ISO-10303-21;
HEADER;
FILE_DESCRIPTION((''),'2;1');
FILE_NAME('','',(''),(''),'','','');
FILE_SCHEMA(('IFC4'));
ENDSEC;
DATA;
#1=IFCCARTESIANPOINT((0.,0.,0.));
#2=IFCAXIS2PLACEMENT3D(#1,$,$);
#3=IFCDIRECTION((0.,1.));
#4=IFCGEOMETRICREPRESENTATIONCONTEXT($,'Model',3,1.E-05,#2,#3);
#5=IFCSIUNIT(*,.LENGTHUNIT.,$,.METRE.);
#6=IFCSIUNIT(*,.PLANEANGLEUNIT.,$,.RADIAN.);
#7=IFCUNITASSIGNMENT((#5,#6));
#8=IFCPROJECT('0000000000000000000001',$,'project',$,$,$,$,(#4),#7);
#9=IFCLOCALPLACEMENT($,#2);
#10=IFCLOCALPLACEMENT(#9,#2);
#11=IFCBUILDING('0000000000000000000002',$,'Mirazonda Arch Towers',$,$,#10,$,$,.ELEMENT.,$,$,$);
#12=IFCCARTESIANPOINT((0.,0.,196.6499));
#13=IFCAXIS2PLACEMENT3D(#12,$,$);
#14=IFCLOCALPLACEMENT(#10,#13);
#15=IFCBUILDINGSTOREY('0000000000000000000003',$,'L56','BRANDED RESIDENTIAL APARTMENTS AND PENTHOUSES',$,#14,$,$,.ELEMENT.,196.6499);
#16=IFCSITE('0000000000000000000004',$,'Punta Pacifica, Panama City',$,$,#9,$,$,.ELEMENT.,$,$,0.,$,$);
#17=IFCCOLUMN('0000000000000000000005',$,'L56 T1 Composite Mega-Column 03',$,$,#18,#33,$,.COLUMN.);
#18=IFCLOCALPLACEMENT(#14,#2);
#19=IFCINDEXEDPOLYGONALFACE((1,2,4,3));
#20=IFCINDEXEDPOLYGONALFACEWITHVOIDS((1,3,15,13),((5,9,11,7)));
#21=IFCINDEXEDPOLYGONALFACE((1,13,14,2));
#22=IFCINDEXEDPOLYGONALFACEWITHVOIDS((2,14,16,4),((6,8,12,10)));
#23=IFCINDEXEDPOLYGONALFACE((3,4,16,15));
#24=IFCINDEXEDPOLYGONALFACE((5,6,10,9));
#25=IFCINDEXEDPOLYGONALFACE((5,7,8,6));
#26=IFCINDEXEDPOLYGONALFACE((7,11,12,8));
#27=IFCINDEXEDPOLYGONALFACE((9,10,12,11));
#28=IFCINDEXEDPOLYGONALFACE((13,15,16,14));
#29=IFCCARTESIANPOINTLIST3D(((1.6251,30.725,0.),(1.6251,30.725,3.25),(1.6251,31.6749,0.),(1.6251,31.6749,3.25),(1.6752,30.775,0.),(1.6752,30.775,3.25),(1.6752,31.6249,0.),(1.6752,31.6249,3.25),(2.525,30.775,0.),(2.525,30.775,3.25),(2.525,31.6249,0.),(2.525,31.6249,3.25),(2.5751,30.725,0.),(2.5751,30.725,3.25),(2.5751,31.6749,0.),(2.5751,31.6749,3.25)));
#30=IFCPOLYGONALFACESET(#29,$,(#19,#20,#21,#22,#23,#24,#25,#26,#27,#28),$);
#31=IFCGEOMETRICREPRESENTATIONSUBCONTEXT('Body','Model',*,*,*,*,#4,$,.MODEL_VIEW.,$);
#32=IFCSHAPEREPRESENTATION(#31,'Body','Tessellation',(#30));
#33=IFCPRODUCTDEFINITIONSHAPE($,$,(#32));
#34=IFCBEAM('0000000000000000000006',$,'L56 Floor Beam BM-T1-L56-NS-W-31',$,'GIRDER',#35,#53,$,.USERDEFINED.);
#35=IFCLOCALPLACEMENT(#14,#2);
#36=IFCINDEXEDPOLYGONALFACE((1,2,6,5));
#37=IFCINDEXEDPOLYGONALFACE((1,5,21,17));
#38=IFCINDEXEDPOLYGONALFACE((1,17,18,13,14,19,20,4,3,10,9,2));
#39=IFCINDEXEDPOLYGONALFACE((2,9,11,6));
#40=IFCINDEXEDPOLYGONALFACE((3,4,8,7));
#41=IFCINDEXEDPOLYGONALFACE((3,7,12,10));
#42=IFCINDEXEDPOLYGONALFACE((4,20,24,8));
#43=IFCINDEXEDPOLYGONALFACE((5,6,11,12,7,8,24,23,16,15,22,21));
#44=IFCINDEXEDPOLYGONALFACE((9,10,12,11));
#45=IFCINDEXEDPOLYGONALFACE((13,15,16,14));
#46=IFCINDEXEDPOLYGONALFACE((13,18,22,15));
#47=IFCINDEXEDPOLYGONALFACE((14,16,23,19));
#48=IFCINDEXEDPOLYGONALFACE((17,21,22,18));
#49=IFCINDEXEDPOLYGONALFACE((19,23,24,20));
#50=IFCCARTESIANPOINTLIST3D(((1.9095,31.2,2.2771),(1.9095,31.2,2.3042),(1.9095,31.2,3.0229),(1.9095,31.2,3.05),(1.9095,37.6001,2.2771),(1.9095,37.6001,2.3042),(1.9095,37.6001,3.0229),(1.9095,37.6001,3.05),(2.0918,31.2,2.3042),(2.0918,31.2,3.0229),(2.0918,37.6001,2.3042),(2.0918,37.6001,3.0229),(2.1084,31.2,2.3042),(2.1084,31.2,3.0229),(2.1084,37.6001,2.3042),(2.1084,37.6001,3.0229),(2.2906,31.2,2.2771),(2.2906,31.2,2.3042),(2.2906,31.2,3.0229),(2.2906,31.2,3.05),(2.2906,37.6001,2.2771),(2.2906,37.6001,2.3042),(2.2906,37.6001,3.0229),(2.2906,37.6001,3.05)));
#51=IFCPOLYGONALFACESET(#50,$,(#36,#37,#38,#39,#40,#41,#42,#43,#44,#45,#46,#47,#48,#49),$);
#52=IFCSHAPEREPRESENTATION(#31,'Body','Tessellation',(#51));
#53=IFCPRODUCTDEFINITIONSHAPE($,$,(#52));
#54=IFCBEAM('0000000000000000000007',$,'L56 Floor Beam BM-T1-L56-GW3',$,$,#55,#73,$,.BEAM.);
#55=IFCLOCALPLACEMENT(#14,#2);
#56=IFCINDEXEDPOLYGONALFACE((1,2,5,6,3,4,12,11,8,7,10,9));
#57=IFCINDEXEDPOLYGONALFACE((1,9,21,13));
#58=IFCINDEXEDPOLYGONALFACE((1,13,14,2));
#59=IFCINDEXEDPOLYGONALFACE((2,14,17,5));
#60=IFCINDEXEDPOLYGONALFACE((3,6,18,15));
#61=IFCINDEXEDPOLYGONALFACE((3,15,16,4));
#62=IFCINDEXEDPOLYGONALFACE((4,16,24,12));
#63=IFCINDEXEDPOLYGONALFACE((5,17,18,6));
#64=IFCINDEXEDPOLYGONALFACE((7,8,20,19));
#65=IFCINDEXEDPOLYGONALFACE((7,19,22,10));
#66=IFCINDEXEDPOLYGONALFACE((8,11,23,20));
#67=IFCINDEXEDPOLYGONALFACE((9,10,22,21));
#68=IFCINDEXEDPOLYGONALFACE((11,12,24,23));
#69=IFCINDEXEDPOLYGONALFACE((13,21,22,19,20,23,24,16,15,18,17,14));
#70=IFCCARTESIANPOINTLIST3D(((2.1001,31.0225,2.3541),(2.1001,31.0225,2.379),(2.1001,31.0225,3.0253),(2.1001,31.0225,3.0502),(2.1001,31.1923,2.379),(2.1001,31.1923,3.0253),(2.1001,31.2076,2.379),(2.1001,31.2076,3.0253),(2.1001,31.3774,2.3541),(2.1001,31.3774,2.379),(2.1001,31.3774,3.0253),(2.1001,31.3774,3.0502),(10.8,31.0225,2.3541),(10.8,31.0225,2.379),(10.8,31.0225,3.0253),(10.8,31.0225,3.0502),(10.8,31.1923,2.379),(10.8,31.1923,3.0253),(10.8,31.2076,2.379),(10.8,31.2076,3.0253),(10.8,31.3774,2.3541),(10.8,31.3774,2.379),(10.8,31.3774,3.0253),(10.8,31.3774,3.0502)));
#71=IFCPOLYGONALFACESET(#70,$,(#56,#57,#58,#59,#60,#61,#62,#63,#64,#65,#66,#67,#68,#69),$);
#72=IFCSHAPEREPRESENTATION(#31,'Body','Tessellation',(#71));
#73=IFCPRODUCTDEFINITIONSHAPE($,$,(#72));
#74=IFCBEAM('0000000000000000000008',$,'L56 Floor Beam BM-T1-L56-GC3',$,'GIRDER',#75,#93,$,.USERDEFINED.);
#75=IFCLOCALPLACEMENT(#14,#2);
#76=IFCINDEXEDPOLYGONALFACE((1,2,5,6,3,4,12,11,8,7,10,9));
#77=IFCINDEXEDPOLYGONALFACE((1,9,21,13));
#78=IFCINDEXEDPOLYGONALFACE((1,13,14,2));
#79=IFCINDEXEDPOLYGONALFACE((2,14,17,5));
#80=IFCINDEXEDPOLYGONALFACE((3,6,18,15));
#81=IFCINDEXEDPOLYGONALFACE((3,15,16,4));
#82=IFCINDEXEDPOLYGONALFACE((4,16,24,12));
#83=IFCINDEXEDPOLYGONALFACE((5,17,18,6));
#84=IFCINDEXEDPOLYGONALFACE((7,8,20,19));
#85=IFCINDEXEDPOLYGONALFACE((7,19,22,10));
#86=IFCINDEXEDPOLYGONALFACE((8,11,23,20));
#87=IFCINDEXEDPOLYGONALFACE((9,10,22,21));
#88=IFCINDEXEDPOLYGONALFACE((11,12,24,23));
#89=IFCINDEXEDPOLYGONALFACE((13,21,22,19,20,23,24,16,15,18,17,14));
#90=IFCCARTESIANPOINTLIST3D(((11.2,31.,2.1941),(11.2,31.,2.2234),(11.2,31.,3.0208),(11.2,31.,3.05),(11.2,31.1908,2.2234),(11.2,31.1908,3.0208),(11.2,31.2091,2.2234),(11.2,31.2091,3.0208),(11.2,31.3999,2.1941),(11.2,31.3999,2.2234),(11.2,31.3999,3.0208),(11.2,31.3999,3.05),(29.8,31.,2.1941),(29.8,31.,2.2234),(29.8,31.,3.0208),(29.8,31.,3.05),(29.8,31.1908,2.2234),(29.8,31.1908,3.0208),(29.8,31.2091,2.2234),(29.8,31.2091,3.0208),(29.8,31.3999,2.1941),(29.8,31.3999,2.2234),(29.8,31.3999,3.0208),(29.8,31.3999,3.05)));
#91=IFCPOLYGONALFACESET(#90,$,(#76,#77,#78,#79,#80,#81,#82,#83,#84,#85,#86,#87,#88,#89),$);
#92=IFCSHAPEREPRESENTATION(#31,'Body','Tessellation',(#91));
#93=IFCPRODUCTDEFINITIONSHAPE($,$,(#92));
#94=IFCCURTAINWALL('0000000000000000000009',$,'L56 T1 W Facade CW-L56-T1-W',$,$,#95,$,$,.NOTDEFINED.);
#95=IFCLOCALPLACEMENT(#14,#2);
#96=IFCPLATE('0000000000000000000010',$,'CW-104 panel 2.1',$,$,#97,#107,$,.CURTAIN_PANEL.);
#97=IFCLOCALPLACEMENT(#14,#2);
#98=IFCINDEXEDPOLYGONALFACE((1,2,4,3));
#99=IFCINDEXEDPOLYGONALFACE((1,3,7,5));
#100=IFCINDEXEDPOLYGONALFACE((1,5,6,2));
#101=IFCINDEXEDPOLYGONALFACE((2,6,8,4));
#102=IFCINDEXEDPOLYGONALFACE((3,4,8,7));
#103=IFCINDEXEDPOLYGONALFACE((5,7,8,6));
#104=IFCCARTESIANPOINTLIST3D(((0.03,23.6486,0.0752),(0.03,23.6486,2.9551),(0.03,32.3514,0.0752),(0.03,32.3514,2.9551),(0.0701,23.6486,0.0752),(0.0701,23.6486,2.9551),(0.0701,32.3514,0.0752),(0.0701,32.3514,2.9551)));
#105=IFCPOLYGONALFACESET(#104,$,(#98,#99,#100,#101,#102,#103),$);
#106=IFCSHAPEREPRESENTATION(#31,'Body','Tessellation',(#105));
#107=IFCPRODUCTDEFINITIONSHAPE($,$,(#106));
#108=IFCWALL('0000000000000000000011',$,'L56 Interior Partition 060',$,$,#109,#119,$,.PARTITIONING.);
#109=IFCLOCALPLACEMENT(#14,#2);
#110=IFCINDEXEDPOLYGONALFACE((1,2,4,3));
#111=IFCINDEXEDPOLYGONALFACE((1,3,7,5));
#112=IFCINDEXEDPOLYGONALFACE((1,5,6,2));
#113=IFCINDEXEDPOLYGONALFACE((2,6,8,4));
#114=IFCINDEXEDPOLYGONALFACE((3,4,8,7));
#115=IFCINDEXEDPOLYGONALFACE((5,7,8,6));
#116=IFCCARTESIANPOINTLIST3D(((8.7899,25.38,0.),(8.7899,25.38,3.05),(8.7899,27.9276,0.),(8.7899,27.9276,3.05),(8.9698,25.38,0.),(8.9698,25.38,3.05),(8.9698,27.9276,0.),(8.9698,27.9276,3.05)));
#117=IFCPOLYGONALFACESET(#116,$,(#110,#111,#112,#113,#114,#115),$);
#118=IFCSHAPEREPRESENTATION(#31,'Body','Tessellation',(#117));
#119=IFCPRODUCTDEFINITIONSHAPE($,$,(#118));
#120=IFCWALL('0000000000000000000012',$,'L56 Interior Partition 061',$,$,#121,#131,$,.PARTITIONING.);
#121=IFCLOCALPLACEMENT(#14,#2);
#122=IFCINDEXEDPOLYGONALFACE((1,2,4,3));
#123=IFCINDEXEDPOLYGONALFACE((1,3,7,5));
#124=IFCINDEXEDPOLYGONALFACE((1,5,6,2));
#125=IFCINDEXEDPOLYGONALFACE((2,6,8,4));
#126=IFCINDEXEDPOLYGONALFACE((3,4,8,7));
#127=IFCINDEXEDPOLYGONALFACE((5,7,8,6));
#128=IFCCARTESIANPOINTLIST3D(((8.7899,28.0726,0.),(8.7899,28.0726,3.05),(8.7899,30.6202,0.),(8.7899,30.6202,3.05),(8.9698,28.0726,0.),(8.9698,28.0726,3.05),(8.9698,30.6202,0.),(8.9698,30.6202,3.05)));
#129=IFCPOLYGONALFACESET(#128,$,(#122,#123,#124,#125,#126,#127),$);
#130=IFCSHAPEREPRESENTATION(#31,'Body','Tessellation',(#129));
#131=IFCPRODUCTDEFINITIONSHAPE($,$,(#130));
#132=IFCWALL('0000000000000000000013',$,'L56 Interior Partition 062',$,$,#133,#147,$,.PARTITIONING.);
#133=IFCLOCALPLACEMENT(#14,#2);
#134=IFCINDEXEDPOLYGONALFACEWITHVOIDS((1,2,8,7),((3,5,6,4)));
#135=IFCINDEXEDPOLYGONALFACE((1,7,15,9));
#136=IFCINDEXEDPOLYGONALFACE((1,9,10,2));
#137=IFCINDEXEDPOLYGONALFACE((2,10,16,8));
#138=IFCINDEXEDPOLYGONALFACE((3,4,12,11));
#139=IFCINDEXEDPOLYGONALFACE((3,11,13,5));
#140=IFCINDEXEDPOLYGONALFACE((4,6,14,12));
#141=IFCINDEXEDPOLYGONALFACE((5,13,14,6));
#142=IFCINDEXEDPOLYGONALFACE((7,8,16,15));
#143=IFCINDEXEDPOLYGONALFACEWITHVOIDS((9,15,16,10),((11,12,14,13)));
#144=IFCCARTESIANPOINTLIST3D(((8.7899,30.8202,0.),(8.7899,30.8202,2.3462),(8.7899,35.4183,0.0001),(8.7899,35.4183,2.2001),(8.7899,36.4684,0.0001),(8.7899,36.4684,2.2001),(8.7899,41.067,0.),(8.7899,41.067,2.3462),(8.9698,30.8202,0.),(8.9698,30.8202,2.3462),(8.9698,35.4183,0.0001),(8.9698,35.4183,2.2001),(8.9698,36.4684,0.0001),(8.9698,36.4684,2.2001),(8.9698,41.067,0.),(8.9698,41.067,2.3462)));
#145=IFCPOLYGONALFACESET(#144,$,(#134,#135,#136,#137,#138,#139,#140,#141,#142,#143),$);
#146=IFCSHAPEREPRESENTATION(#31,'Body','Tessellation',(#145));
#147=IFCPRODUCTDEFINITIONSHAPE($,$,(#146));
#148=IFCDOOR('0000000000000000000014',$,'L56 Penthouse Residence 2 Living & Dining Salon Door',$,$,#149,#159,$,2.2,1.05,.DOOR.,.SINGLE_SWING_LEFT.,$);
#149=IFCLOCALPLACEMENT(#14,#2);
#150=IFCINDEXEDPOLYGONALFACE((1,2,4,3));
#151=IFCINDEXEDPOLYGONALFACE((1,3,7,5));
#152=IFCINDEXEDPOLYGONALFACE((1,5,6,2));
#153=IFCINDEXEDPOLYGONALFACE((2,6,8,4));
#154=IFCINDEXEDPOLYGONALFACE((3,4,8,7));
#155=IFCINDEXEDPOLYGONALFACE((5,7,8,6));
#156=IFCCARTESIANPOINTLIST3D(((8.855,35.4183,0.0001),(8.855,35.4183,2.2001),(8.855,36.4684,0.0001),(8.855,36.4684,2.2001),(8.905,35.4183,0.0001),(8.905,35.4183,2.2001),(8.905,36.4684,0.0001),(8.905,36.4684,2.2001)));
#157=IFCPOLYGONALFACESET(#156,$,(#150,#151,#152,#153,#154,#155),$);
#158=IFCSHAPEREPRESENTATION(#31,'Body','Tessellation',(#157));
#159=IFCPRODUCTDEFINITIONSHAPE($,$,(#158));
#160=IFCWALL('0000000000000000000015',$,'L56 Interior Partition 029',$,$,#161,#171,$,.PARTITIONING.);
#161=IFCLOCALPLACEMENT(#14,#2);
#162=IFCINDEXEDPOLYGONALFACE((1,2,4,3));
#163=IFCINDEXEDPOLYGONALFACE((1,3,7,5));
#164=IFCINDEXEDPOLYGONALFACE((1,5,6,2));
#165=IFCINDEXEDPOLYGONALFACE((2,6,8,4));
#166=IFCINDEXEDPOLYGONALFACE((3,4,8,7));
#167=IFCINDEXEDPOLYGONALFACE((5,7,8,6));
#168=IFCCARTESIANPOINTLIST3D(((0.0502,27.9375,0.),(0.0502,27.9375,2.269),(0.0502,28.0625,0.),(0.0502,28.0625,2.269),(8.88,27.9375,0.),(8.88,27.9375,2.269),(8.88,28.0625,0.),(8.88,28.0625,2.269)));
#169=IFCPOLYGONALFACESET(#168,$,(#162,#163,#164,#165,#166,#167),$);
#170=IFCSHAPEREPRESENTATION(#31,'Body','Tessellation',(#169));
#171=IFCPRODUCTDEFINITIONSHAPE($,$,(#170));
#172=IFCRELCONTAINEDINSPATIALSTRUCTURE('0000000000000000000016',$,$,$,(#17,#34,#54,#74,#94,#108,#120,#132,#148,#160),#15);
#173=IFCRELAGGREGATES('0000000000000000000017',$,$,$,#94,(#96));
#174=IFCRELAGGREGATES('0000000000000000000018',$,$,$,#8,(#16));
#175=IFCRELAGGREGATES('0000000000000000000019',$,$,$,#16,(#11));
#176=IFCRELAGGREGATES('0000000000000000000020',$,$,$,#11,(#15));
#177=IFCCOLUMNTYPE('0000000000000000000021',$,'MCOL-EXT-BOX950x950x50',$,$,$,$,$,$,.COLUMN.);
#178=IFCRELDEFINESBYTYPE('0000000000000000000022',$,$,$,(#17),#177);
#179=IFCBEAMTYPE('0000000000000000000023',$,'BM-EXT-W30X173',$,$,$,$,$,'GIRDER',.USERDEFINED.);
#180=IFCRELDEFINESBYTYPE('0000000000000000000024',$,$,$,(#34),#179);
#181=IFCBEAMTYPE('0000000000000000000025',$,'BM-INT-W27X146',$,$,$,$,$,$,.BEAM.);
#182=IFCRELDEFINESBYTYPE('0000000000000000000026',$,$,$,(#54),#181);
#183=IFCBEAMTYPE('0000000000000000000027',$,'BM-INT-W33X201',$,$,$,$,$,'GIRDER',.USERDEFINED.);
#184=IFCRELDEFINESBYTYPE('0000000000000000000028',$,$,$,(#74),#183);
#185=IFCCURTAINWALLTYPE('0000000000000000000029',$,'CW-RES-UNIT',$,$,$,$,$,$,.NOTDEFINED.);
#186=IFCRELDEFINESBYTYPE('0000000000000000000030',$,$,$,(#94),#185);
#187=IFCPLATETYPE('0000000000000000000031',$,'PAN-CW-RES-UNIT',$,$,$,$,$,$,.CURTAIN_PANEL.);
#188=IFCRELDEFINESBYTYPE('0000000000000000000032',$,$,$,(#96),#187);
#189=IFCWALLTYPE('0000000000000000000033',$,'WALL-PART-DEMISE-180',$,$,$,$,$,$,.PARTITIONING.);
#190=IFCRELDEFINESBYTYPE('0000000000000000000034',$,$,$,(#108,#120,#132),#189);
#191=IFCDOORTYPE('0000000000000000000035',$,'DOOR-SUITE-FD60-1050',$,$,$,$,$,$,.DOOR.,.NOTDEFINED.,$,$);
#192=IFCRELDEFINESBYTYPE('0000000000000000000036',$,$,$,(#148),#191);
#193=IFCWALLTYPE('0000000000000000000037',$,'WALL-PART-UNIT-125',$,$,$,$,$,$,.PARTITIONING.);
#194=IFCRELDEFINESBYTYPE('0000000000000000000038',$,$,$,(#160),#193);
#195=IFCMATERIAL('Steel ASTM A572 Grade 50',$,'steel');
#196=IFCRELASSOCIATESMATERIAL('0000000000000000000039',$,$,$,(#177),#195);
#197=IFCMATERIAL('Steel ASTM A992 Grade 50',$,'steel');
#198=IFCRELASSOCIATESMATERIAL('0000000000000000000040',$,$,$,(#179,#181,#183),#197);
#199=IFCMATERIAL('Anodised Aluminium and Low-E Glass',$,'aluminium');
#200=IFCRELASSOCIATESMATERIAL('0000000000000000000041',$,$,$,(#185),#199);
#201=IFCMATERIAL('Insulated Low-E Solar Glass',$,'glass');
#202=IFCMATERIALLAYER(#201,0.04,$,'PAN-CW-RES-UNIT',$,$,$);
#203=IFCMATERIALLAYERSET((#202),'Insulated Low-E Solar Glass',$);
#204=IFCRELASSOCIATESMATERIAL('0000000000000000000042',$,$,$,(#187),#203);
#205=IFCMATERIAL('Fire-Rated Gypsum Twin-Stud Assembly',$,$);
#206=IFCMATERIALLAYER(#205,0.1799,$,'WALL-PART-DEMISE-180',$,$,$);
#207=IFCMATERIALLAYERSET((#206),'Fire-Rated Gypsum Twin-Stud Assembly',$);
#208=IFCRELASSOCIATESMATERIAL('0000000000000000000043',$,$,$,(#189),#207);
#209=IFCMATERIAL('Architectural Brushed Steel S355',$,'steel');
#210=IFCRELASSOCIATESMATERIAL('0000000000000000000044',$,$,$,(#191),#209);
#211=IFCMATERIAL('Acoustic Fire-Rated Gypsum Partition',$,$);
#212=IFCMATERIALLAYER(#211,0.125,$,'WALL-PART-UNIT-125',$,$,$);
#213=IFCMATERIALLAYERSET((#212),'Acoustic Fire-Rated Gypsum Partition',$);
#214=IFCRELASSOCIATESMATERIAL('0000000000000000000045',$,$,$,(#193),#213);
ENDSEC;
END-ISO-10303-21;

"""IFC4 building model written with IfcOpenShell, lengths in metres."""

from ifc_helpers import new_model, si_unit, direction, frame, frame_2d, origin, origin_2d, place, context, subcontext, project, spatial, rectangle, hollow_rectangle, i_section, extrude, material, layer, layer_set, material_profile, profile_set, type_object, element, fill, aggregate, save


model = new_model("IFC4")

# Units and contexts
model_context = context("Model", 3, precision=1e-05, world=origin(), true_north=direction((0.0, 1.0)))
body_context = subcontext(model_context, "Body", "Model", "MODEL_VIEW")
ifc_project = project(units=[si_unit("LENGTHUNIT", "METRE"), si_unit("PLANEANGLEUNIT", "RADIAN")], contexts=[model_context])

# Site, building, storey
site_placement = place(None, origin())
site = spatial("IfcSite", under=ifc_project, at=site_placement, Name="Punta Pacifica, Panama City", CompositionType="ELEMENT", RefElevation=0.0)
building_placement = place(site_placement, origin())
building = spatial("IfcBuilding", under=site, at=building_placement, Name="Mirazonda Arch Towers", CompositionType="ELEMENT")
storey_placement = place(building_placement, frame((0.0, 0.0, 196.6499)))
storey = spatial("IfcBuildingStorey", under=building, at=storey_placement, Name="L56", Description="BRANDED RESIDENTIAL APARTMENTS AND PENTHOUSES", CompositionType="ELEMENT", Elevation=196.6499)

# Column
ifc_material_1 = material(Name="Steel ASTM A572 Grade 50", Category="steel")
ifc_material_profile_1 = material_profile(ifc_material_1, hollow_rectangle(XDim=0.95, YDim=0.95, WallThickness=0.05, at=origin_2d()), Name="BOX950x950x50")
ifc_profile_set_1 = profile_set([ifc_material_profile_1], Name="Steel ASTM A572 Grade 50")
column_type = type_object("IfcColumnType", Name="MCOL-EXT-BOX950x950x50", PredefinedType="COLUMN", material=ifc_profile_set_1)
column_placement = place(storey_placement, frame((2.1001, 31.2, 0.0), z_axis=(0.0, 0.0, 1.0), x_axis=(1.0, 0.0, 0.0)))
element("IfcColumn", 1, at=column_placement, inside=storey, type_object=column_type, Name="L56 T1 Composite Mega-Column 03", PredefinedType="COLUMN", context=body_context, shape_type="SweptSolid", body=[
    extrude(hollow_rectangle(XDim=0.95, YDim=0.95, WallThickness=0.05, at=origin_2d()), origin(), (0.0, 0.0, 1.0), 3.25),
])

# Beams
ifc_material_2 = material(Name="Steel ASTM A992 Grade 50", Category="steel")
ifc_material_profile_2 = material_profile(ifc_material_2, i_section(OverallWidth=0.3811, OverallDepth=0.7729, WebThickness=0.0166, FlangeThickness=0.0271, at=origin_2d()), Name="W30X173")
ifc_profile_set_2 = profile_set([ifc_material_profile_2], Name="Steel ASTM A992 Grade 50")
beam_type_1 = type_object("IfcBeamType", Name="BM-EXT-W30X173", ElementType="GIRDER", PredefinedType="USERDEFINED", material=ifc_profile_set_2)
beam_1_placement = place(storey_placement, frame((2.1001, 31.2, 2.6636), z_axis=(0.0, 1.0, 0.0), x_axis=(-1.0, 0.0, 0.0)))
element("IfcBeam", 2, at=beam_1_placement, inside=storey, type_object=beam_type_1, Name="L56 Floor Beam BM-T1-L56-NS-W-31", ObjectType="GIRDER", PredefinedType="USERDEFINED", context=body_context, shape_type="SweptSolid", body=[
    extrude(i_section(OverallWidth=0.3811, OverallDepth=0.7729, WebThickness=0.0166, FlangeThickness=0.0271, at=origin_2d()), origin(), (0.0, 0.0, 1.0), 6.4001),
])
ifc_material_profile_3 = material_profile(ifc_material_2, i_section(OverallWidth=0.355, OverallDepth=0.696, WebThickness=0.0154, FlangeThickness=0.0249, at=origin_2d()), Name="W27X146")
ifc_profile_set_3 = profile_set([ifc_material_profile_3], Name="Steel ASTM A992 Grade 50")
beam_type_2 = type_object("IfcBeamType", Name="BM-INT-W27X146", PredefinedType="BEAM", material=ifc_profile_set_3)
beam_2_placement = place(storey_placement, frame((2.1001, 31.2, 2.7021), z_axis=(1.0, 0.0, 0.0), x_axis=(0.0, 1.0, 0.0)))
element("IfcBeam", 3, at=beam_2_placement, inside=storey, type_object=beam_type_2, Name="L56 Floor Beam BM-T1-L56-GW3", PredefinedType="BEAM", context=body_context, shape_type="SweptSolid", body=[
    extrude(i_section(OverallWidth=0.355, OverallDepth=0.696, WebThickness=0.0154, FlangeThickness=0.0249, at=origin_2d()), origin(), (0.0, 0.0, 1.0), 8.7),
])
ifc_material_profile_4 = material_profile(ifc_material_2, i_section(OverallWidth=0.3999, OverallDepth=0.856, WebThickness=0.0183, FlangeThickness=0.0293, at=origin_2d()), Name="W33X201")
ifc_profile_set_4 = profile_set([ifc_material_profile_4], Name="Steel ASTM A992 Grade 50")
beam_type_3 = type_object("IfcBeamType", Name="BM-INT-W33X201", ElementType="GIRDER", PredefinedType="USERDEFINED", material=ifc_profile_set_4)
beam_3_placement = place(storey_placement, frame((11.2, 31.2, 2.6221), z_axis=(1.0, 0.0, 0.0), x_axis=(0.0, 1.0, 0.0)))
element("IfcBeam", 4, at=beam_3_placement, inside=storey, type_object=beam_type_3, Name="L56 Floor Beam BM-T1-L56-GC3", ObjectType="GIRDER", PredefinedType="USERDEFINED", context=body_context, shape_type="SweptSolid", body=[
    extrude(i_section(OverallWidth=0.3999, OverallDepth=0.856, WebThickness=0.0183, FlangeThickness=0.0293, at=origin_2d()), origin(), (0.0, 0.0, 1.0), 18.6001),
])

# Curtain wall, plate
ifc_material_3 = material(Name="Anodised Aluminium and Low-E Glass", Category="aluminium")
curtain_wall_type = type_object("IfcCurtainWallType", Name="CW-RES-UNIT", PredefinedType="NOTDEFINED", material=ifc_material_3)
curtain_wall_placement = place(storey_placement, origin())
curtain_wall = element("IfcCurtainWall", 5, at=curtain_wall_placement, inside=storey, type_object=curtain_wall_type, Name="L56 T1 W Facade CW-L56-T1-W", PredefinedType="NOTDEFINED")
ifc_material_4 = material(Name="Insulated Low-E Solar Glass", Category="glass")
ifc_layer_1 = layer(ifc_material_4, 0.04, Name="PAN-CW-RES-UNIT")
ifc_layer_set_1 = layer_set([ifc_layer_1], Name="Insulated Low-E Solar Glass")
plate_type = type_object("IfcPlateType", Name="PAN-CW-RES-UNIT", PredefinedType="CURTAIN_PANEL", material=ifc_layer_set_1)
plate_placement = place(storey_placement, frame((0.05, 28.0, 0.0752), z_axis=(0.0, 0.0, 1.0), x_axis=(0.0, -1.0, 0.0)))
plate = element("IfcPlate", 6, at=plate_placement, type_object=plate_type, Name="CW-104 panel 2.1", PredefinedType="CURTAIN_PANEL", context=body_context, shape_type="SweptSolid", body=[
    extrude(rectangle(XDim=8.7029, YDim=0.04, at=origin_2d()), origin(), (0.0, 0.0, 1.0), 2.8799),
])
aggregate(curtain_wall, [plate])

# Shared definitions
ifc_material_5 = material(Name="Fire-Rated Gypsum Twin-Stud Assembly")
ifc_layer_2 = layer(ifc_material_5, 0.1799, Name="WALL-PART-DEMISE-180")
ifc_layer_set_2 = layer_set([ifc_layer_2], Name="Fire-Rated Gypsum Twin-Stud Assembly")
wall_type_1 = type_object("IfcWallType", Name="WALL-PART-DEMISE-180", PredefinedType="PARTITIONING", material=ifc_layer_set_2)
ifc_material_6 = material(Name="Architectural Brushed Steel S355", Category="steel")

# Walls
for number, where, z_axis, x_axis, name in (
    (7, (8.8799, 25.3799, 0.0), (0.0, 0.0, 1.0), (0.0, 1.0, 0.0), "L56 Interior Partition 060"),
    (8, (8.8799, 28.0725, 0.0), (0.0, 0.0, 1.0), (0.0, 1.0, 0.0), "L56 Interior Partition 061"),
):
    element("IfcWall", number, at=place(storey_placement, frame(where, z_axis=z_axis, x_axis=x_axis)), inside=storey, type_object=wall_type_1, Name=name, PredefinedType="PARTITIONING", context=body_context, shape_type="SweptSolid", body=[
        extrude(rectangle(XDim=2.5476, YDim=0.1799, at=frame_2d((1.2739, 0.0))), origin(), (0.0, 0.0, 1.0), 3.05),
    ])

# Wall, opening, door
wall_1_placement = place(storey_placement, frame((8.8799, 30.8201, 0.0), z_axis=(0.0, 0.0, 1.0), x_axis=(0.0, 1.0, 0.0)))
wall_1 = element("IfcWall", 9, at=wall_1_placement, inside=storey, type_object=wall_type_1, Name="L56 Interior Partition 062", PredefinedType="PARTITIONING", context=body_context, shape_type="SweptSolid", body=[
    extrude(rectangle(XDim=10.2468, YDim=0.1799, at=frame_2d((5.1235, 0.0))), origin(), (0.0, 0.0, 1.0), 2.3462),
])
opening_1_placement = place(wall_1_placement, frame((4.5984, 0.0, 0.0)))
opening_1 = element("IfcOpeningElement", 10, at=opening_1_placement, cuts=wall_1, PredefinedType="OPENING", context=body_context, shape_type="SweptSolid", body=[
    extrude(rectangle(XDim=1.05, YDim=2.2, at=frame_2d((0.5249, 1.1001))), frame((0.0, 0.0999, 0.0), z_axis=(0.0, -1.0, 0.0), x_axis=(1.0, 0.0, 0.0)), (0.0, 0.0, 1.0), 0.2),
])
door_type_1 = type_object("IfcDoorType", Name="DOOR-SUITE-FD60-1050", OperationType="NOTDEFINED", PredefinedType="DOOR", material=ifc_material_6)
door_1_placement = place(opening_1_placement, origin())
door_1 = element("IfcDoor", 11, at=door_1_placement, inside=storey, type_object=door_type_1, Name="L56 Penthouse Residence 2 Living & Dining Salon Door", OperationType="SINGLE_SWING_LEFT", OverallHeight=2.2, OverallWidth=1.05, PredefinedType="DOOR", context=body_context, shape_type="SweptSolid", body=[
    extrude(rectangle(XDim=1.05, YDim=2.2, at=frame_2d((0.5249, 1.1001))), frame((0.0, 0.0249, 0.0), z_axis=(0.0, -1.0, 0.0), x_axis=(1.0, 0.0, 0.0)), (0.0, 0.0, 1.0), 0.05),
])
fill(opening_1, door_1)

# Wall
ifc_material_7 = material(Name="Acoustic Fire-Rated Gypsum Partition")
ifc_layer_3 = layer(ifc_material_7, 0.125, Name="WALL-PART-UNIT-125")
ifc_layer_set_3 = layer_set([ifc_layer_3], Name="Acoustic Fire-Rated Gypsum Partition")
wall_type_2 = type_object("IfcWallType", Name="WALL-PART-UNIT-125", PredefinedType="PARTITIONING", material=ifc_layer_set_3)
wall_2_placement = place(storey_placement, frame((0.05, 28.0, 0.0), z_axis=(0.0, 0.0, 1.0), x_axis=(1.0, 0.0, 0.0)))
element("IfcWall", 12, at=wall_2_placement, inside=storey, type_object=wall_type_2, Name="L56 Interior Partition 029", PredefinedType="PARTITIONING", context=body_context, shape_type="SweptSolid", body=[
    extrude(rectangle(XDim=8.8298, YDim=0.125, at=frame_2d((4.415, 0.0))), origin(), (0.0, 0.0, 1.0), 2.269),
])

save(model, "model.ifc")
